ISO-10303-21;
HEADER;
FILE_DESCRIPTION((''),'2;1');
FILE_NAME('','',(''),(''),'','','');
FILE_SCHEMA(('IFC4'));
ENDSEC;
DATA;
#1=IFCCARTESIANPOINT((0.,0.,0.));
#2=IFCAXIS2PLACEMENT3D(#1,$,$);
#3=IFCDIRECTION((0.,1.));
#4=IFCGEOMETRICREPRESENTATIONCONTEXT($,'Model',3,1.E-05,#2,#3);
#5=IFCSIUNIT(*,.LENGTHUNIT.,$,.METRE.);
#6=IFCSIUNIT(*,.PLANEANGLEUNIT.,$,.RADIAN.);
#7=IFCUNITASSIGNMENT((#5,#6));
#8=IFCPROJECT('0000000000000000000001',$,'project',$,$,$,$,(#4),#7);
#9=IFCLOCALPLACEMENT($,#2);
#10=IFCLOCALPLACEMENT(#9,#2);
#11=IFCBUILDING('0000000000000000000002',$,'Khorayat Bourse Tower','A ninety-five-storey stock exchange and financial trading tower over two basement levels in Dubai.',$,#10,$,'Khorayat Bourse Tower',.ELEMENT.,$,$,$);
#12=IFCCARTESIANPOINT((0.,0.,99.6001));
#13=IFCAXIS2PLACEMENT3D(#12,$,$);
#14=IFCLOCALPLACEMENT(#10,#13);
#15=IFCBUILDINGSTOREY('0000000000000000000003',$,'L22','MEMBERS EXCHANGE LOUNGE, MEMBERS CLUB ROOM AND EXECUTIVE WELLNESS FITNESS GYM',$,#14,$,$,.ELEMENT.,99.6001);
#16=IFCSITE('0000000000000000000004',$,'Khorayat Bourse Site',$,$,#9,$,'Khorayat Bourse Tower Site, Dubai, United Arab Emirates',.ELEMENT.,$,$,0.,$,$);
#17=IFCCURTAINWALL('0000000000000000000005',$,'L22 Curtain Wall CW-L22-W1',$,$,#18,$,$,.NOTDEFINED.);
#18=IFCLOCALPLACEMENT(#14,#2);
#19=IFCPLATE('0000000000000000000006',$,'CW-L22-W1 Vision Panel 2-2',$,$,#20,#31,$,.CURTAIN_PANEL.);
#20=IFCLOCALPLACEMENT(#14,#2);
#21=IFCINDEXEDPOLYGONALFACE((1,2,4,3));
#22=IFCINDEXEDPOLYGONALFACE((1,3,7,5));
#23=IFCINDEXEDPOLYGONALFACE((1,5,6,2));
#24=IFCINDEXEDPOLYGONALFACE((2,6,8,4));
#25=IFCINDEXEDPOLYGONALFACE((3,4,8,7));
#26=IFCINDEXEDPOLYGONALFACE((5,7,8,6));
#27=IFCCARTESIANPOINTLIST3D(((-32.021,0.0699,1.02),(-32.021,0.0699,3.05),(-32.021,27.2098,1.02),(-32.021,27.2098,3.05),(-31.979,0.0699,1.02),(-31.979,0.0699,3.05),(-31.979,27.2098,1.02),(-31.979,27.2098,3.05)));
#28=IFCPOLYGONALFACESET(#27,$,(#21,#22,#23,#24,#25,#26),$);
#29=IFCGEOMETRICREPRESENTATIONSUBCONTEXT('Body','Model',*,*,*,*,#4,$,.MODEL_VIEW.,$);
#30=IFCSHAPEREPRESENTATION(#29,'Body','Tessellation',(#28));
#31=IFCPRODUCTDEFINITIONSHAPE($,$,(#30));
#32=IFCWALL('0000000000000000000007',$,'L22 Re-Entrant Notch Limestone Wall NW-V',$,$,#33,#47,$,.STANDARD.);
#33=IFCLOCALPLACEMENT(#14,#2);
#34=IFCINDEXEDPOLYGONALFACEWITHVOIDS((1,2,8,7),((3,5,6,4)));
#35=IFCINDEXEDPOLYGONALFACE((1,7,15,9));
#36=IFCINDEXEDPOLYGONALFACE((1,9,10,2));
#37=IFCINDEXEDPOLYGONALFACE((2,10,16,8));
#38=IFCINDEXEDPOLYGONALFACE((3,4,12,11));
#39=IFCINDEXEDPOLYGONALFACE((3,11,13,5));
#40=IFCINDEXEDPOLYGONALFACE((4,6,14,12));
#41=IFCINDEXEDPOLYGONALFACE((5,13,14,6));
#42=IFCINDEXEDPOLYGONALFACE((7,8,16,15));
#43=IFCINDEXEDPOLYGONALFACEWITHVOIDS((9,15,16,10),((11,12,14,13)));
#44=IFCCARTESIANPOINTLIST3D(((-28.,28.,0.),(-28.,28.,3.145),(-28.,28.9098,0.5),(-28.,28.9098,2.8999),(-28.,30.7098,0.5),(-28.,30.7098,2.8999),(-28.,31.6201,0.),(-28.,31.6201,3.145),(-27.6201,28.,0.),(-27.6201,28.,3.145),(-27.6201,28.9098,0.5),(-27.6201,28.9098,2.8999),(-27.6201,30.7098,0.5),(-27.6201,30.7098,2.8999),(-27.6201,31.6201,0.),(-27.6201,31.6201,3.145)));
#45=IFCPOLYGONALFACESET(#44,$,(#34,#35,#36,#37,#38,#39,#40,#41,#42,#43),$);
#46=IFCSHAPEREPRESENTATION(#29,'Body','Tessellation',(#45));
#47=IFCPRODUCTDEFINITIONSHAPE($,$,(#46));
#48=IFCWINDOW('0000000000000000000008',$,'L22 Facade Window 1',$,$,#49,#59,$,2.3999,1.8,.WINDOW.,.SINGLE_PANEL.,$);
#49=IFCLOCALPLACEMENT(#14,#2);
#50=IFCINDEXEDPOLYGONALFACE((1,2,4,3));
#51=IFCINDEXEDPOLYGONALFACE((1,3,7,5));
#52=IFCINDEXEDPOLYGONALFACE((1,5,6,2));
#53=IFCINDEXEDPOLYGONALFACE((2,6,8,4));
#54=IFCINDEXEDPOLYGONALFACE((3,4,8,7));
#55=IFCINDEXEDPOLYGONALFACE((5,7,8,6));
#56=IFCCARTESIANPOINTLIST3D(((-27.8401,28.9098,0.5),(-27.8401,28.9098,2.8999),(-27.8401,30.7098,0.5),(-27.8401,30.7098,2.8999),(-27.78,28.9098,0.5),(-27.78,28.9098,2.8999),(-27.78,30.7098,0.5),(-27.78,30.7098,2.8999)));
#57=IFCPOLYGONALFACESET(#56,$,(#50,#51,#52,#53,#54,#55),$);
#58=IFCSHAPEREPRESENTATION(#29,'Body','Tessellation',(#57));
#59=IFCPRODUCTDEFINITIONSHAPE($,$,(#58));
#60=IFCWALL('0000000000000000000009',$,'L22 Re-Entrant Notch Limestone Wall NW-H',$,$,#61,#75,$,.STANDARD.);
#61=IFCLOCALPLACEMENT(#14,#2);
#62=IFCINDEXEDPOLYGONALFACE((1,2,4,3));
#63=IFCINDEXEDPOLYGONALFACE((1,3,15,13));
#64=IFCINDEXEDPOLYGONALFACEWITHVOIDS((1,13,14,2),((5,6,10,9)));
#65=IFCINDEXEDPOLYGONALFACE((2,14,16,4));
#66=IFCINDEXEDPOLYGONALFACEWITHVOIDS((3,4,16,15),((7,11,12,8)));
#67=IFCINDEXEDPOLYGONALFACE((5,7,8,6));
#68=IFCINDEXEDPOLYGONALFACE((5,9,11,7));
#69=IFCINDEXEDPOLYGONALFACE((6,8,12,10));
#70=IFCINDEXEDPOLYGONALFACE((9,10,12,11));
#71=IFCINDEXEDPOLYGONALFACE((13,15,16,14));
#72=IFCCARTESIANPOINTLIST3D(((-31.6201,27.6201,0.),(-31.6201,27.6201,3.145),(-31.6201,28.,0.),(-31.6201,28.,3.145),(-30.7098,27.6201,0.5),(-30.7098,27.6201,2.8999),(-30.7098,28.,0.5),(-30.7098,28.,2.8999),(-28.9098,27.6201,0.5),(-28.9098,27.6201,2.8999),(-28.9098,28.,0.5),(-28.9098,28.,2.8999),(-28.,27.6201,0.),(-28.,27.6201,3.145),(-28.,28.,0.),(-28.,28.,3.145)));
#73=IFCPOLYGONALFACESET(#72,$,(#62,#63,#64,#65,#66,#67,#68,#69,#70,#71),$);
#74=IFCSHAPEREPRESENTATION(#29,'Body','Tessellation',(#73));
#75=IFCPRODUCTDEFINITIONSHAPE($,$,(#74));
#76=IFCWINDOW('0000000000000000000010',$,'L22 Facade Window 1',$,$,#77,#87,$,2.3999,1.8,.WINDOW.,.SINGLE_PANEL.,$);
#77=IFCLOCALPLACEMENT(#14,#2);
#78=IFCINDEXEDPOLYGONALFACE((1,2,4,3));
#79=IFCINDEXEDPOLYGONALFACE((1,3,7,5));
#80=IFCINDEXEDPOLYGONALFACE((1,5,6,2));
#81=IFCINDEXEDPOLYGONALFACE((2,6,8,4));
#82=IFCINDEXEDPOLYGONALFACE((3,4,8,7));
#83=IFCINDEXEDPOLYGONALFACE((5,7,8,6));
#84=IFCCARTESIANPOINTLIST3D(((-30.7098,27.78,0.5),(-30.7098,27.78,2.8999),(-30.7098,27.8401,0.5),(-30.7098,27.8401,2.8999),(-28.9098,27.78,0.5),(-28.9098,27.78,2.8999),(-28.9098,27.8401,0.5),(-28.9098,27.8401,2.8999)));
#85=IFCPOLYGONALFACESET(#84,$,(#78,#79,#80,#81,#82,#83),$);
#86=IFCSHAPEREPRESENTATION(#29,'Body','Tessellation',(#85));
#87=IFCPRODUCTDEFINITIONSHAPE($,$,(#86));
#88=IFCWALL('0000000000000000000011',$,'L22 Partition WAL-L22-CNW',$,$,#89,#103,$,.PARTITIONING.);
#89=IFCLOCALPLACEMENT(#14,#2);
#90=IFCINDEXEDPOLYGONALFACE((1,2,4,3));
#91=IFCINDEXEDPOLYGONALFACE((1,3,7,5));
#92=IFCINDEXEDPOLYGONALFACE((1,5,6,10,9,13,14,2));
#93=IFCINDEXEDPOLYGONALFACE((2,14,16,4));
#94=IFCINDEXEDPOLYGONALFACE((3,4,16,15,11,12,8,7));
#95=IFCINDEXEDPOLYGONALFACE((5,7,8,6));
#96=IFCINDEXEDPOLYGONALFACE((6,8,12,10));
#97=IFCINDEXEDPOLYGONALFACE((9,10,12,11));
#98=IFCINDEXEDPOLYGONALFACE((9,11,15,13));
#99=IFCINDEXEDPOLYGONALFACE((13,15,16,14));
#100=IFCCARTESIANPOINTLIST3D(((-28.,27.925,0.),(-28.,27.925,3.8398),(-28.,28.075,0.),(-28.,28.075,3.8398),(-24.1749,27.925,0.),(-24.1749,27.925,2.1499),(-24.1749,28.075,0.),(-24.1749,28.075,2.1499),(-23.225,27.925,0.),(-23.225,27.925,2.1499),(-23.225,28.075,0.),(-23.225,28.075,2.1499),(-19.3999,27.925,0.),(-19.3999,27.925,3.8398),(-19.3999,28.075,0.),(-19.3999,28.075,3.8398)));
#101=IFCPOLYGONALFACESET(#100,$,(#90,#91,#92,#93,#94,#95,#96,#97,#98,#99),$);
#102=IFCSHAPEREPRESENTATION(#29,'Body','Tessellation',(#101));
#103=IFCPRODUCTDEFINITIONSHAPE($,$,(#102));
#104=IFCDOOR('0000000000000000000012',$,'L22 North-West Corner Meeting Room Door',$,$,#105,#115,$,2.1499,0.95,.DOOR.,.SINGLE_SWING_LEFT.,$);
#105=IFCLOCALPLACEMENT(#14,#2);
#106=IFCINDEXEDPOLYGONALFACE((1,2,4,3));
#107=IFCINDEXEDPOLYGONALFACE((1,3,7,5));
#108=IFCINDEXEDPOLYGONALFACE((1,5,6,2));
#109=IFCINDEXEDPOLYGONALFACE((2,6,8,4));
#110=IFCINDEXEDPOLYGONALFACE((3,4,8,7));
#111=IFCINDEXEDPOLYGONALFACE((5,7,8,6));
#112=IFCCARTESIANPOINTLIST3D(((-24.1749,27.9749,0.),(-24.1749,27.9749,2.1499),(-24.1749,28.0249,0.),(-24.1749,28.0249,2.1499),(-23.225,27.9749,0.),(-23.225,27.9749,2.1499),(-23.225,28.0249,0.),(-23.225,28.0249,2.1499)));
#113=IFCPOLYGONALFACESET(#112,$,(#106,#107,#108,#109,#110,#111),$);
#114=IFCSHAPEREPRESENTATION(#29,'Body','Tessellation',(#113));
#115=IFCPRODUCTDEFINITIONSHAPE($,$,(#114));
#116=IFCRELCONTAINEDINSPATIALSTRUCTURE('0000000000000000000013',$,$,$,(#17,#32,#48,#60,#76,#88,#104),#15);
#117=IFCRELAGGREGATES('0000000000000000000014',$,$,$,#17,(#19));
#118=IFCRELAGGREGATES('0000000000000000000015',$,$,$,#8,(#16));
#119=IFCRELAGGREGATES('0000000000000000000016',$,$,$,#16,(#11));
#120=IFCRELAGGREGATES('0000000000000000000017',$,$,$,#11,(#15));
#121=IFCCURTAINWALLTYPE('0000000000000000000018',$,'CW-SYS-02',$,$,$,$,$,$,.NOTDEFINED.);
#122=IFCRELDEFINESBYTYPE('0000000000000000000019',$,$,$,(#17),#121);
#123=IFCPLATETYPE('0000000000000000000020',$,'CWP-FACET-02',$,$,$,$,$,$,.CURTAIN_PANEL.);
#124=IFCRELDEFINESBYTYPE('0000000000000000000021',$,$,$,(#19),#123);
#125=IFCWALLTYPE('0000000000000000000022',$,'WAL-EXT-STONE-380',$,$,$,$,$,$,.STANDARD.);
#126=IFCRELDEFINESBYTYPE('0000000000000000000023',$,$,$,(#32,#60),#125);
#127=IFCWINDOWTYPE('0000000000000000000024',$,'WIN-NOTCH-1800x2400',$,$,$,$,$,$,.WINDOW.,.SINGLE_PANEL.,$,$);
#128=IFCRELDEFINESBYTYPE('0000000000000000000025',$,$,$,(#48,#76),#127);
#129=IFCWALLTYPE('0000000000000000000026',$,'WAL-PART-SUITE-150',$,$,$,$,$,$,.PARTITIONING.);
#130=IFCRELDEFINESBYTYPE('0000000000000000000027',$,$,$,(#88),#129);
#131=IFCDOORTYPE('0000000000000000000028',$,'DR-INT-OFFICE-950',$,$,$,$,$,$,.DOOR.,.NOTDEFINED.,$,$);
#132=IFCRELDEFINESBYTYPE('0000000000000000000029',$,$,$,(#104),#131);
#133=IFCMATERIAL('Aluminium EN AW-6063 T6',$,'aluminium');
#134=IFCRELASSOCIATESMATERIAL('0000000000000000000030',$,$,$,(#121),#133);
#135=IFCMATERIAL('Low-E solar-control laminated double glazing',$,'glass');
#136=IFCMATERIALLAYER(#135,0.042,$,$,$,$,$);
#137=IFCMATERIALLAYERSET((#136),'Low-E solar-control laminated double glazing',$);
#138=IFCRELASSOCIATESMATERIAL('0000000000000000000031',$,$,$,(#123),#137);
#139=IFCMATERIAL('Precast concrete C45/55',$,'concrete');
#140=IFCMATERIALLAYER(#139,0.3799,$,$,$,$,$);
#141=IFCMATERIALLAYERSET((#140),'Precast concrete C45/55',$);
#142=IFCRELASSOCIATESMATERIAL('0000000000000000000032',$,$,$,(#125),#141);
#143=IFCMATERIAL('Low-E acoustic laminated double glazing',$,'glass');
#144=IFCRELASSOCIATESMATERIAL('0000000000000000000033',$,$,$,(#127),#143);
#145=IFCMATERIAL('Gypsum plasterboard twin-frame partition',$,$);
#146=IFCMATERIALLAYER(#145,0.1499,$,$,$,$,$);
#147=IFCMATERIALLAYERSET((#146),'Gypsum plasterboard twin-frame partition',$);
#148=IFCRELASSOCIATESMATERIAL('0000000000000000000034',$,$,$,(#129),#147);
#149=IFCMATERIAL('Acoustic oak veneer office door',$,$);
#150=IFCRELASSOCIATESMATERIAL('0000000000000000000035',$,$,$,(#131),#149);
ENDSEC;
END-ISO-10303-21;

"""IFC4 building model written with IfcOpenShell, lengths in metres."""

from ifc_helpers import new_model, si_unit, direction, frame, frame_2d, origin, origin_2d, place, context, subcontext, project, spatial, rectangle, extrude, source, transform, mapped, material, layer, layer_set, type_object, element, fill, aggregate, save


model = new_model("IFC4")

# Units and contexts
model_context = context("Model", 3, precision=1e-05, world=origin(), true_north=direction((0.0, 1.0)))
body_context = subcontext(model_context, "Body", "Model", "MODEL_VIEW")
ifc_project = project(units=[si_unit("LENGTHUNIT", "METRE"), si_unit("PLANEANGLEUNIT", "RADIAN")], contexts=[model_context])

# Site, building, storey
site_placement = place(None, origin())
site = spatial("IfcSite", under=ifc_project, at=site_placement, Name="Khorayat Bourse Site", LongName="Khorayat Bourse Tower Site, Dubai, United Arab Emirates", CompositionType="ELEMENT", RefElevation=0.0)
building_placement = place(site_placement, origin())
building = spatial("IfcBuilding", under=site, at=building_placement, Name="Khorayat Bourse Tower", Description="A ninety-five-storey stock exchange and financial trading tower over two basement levels in Dubai.", LongName="Khorayat Bourse Tower", CompositionType="ELEMENT")
storey_placement = place(building_placement, frame((0.0, 0.0, 99.6001)))
storey = spatial("IfcBuildingStorey", under=building, at=storey_placement, Name="L22", Description="MEMBERS EXCHANGE LOUNGE, MEMBERS CLUB ROOM AND EXECUTIVE WELLNESS FITNESS GYM", CompositionType="ELEMENT", Elevation=99.6001)

# Shared definitions
ifc_material_1 = material(Name="Aluminium EN AW-6063 T6", Category="aluminium")
curtain_wall_type = type_object("IfcCurtainWallType", Name="CW-SYS-02", PredefinedType="NOTDEFINED", material=ifc_material_1)

# Curtain wall
curtain_wall_1_placement = place(storey_placement, origin())
curtain_wall_1 = element("IfcCurtainWall", 1, at=curtain_wall_1_placement, inside=storey, type_object=curtain_wall_type, Name="L22 Curtain Wall CW-L22-W1", PredefinedType="NOTDEFINED")

# Plate
ifc_material_2 = material(Name="Low-E solar-control laminated double glazing", Category="glass")
ifc_layer_1 = layer(ifc_material_2, 0.042)
ifc_layer_set_1 = layer_set([ifc_layer_1], Name="Low-E solar-control laminated double glazing")
plate_type_1 = type_object("IfcPlateType", Name="CWP-FACET-02", PredefinedType="CURTAIN_PANEL", material=ifc_layer_set_1)
shared_shape_1 = source(origin(), body_context, "Body", "SweptSolid", [
    extrude(rectangle(XDim=27.1399, YDim=0.042, at=origin_2d()), origin(), (0.0, 0.0, 1.0), 2.03),
])
plate_1_placement = place(storey_placement, frame((-32.0, 13.6399, 1.02), z_axis=(0.0, 0.0, 1.0), x_axis=(0.0, 1.0, 0.0)))
plate_1 = element("IfcPlate", 2, at=plate_1_placement, type_object=plate_type_1, Name="CW-L22-W1 Vision Panel 2-2", PredefinedType="CURTAIN_PANEL", context=body_context, shape_type="MappedRepresentation", body=[
    mapped(shared_shape_1, transform((0.0, 0.0, 0.0), scale=1.0)),
])
aggregate(curtain_wall_1, [plate_1])

# Walls, openings, windows
ifc_material_3 = material(Name="Precast concrete C45/55", Category="concrete")
ifc_layer_2 = layer(ifc_material_3, 0.3799)
ifc_layer_set_2 = layer_set([ifc_layer_2], Name="Precast concrete C45/55")
wall_type_1 = type_object("IfcWallType", Name="WAL-EXT-STONE-380", PredefinedType="STANDARD", material=ifc_layer_set_2)
shared_shape_2 = source(origin(), body_context, "Body", "SweptSolid", [
    extrude(rectangle(XDim=3.6201, YDim=0.3799, at=frame_2d((1.8101, 0.0))), origin(), (0.0, 0.0, 1.0), 3.145),
])
wall_1_placement = place(storey_placement, frame((-27.8101, 28.0, 0.0), z_axis=(0.0, 0.0, 1.0), x_axis=(0.0, 1.0, 0.0)))
wall_1 = element("IfcWall", 3, at=wall_1_placement, inside=storey, type_object=wall_type_1, Name="L22 Re-Entrant Notch Limestone Wall NW-V", PredefinedType="STANDARD", context=body_context, shape_type="MappedRepresentation", body=[
    mapped(shared_shape_2, transform((0.0, 0.0, 0.0), scale=1.0)),
])
shared_shape_3 = source(origin(), body_context, "Body", "SweptSolid", [
    extrude(rectangle(XDim=1.8, YDim=2.3999, at=frame_2d((0.8999, 1.2))), frame((0.0, 0.2, 0.0), z_axis=(0.0, -1.0, 0.0), x_axis=(1.0, 0.0, 0.0)), (0.0, 0.0, 1.0), 0.3999),
])
opening_1_placement = place(wall_1_placement, frame((0.9099, 0.0, 0.5)))
opening_1 = element("IfcOpeningElement", 4, at=opening_1_placement, cuts=wall_1, PredefinedType="OPENING", context=body_context, shape_type="MappedRepresentation", body=[
    mapped(shared_shape_3, transform((0.0, 0.0, 0.0), scale=1.0)),
])
ifc_material_4 = material(Name="Low-E acoustic laminated double glazing", Category="glass")
window_type = type_object("IfcWindowType", Name="WIN-NOTCH-1800x2400", PartitioningType="SINGLE_PANEL", PredefinedType="WINDOW", material=ifc_material_4)
shared_shape_4 = source(origin(), body_context, "Body", "SweptSolid", [
    extrude(rectangle(XDim=1.8, YDim=2.3999, at=frame_2d((0.8999, 1.2))), frame((0.0, 0.03, 0.0), z_axis=(0.0, -1.0, 0.0), x_axis=(1.0, 0.0, 0.0)), (0.0, 0.0, 1.0), 0.0601),
])
window_1_placement = place(opening_1_placement, origin())
window_1 = element("IfcWindow", 5, at=window_1_placement, inside=storey, type_object=window_type, Name="L22 Facade Window 1", OverallHeight=2.3999, OverallWidth=1.8, PartitioningType="SINGLE_PANEL", PredefinedType="WINDOW", context=body_context, shape_type="MappedRepresentation", body=[
    mapped(shared_shape_4, transform((0.0, 0.0, 0.0), scale=1.0)),
])
fill(opening_1, window_1)
wall_2_placement = place(storey_placement, frame((-28.0, 27.8101, 0.0), z_axis=(0.0, 0.0, 1.0), x_axis=(-1.0, 0.0, 0.0)))
wall_2 = element("IfcWall", 6, at=wall_2_placement, inside=storey, type_object=wall_type_1, Name="L22 Re-Entrant Notch Limestone Wall NW-H", PredefinedType="STANDARD", context=body_context, shape_type="MappedRepresentation", body=[
    mapped(shared_shape_2, transform((0.0, 0.0, 0.0), scale=1.0)),
])
opening_2_placement = place(wall_2_placement, frame((0.9099, 0.0, 0.5)))
opening_2 = element("IfcOpeningElement", 7, at=opening_2_placement, cuts=wall_2, PredefinedType="OPENING", context=body_context, shape_type="MappedRepresentation", body=[
    mapped(shared_shape_3, transform((0.0, 0.0, 0.0), scale=1.0)),
])
window_2_placement = place(opening_2_placement, origin())
window_2 = element("IfcWindow", 8, at=window_2_placement, inside=storey, type_object=window_type, Name="L22 Facade Window 1", OverallHeight=2.3999, OverallWidth=1.8, PartitioningType="SINGLE_PANEL", PredefinedType="WINDOW", context=body_context, shape_type="MappedRepresentation", body=[
    mapped(shared_shape_4, transform((0.0, 0.0, 0.0), scale=1.0)),
])
fill(opening_2, window_2)

# Wall, opening, door
ifc_material_5 = material(Name="Gypsum plasterboard twin-frame partition")
ifc_layer_3 = layer(ifc_material_5, 0.1499)
ifc_layer_set_3 = layer_set([ifc_layer_3], Name="Gypsum plasterboard twin-frame partition")
wall_type_2 = type_object("IfcWallType", Name="WAL-PART-SUITE-150", PredefinedType="PARTITIONING", material=ifc_layer_set_3)
shared_shape_5 = source(origin(), body_context, "Body", "SweptSolid", [
    extrude(rectangle(XDim=8.6001, YDim=0.1499, at=frame_2d((4.3, 0.0))), origin(), (0.0, 0.0, 1.0), 3.8398),
])
wall_3_placement = place(storey_placement, frame((-28.0, 28.0, 0.0), z_axis=(0.0, 0.0, 1.0), x_axis=(1.0, 0.0, 0.0)))
wall_3 = element("IfcWall", 9, at=wall_3_placement, inside=storey, type_object=wall_type_2, Name="L22 Partition WAL-L22-CNW", PredefinedType="PARTITIONING", context=body_context, shape_type="MappedRepresentation", body=[
    mapped(shared_shape_5, transform((0.0, 0.0, 0.0), scale=1.0)),
])
shared_shape_6 = source(origin(), body_context, "Body", "SweptSolid", [
    extrude(rectangle(XDim=0.95, YDim=2.1499, at=frame_2d((0.4751, 1.075))), frame((0.0, 0.085, 0.0), z_axis=(0.0, -1.0, 0.0), x_axis=(1.0, 0.0, 0.0)), (0.0, 0.0, 1.0), 0.1699),
])
opening_3_placement = place(wall_3_placement, frame((3.825, 0.0, 0.0)))
opening_3 = element("IfcOpeningElement", 10, at=opening_3_placement, cuts=wall_3, PredefinedType="OPENING", context=body_context, shape_type="MappedRepresentation", body=[
    mapped(shared_shape_6, transform((0.0, 0.0, 0.0), scale=1.0)),
])
ifc_material_6 = material(Name="Acoustic oak veneer office door")
door_type = type_object("IfcDoorType", Name="DR-INT-OFFICE-950", OperationType="NOTDEFINED", PredefinedType="DOOR", material=ifc_material_6)
shared_shape_7 = source(origin(), body_context, "Body", "SweptSolid", [
    extrude(rectangle(XDim=0.95, YDim=2.1499, at=frame_2d((0.4751, 1.075))), frame((0.0, 0.0249, 0.0), z_axis=(0.0, -1.0, 0.0), x_axis=(1.0, 0.0, 0.0)), (0.0, 0.0, 1.0), 0.05),
])
door_placement = place(opening_3_placement, origin())
door = element("IfcDoor", 11, at=door_placement, inside=storey, type_object=door_type, Name="L22 North-West Corner Meeting Room Door", OperationType="SINGLE_SWING_LEFT", OverallHeight=2.1499, OverallWidth=0.95, PredefinedType="DOOR", context=body_context, shape_type="MappedRepresentation", body=[
    mapped(shared_shape_7, transform((0.0, 0.0, 0.0), scale=1.0)),
])
fill(opening_3, door)

save(model, "model.ifc")
